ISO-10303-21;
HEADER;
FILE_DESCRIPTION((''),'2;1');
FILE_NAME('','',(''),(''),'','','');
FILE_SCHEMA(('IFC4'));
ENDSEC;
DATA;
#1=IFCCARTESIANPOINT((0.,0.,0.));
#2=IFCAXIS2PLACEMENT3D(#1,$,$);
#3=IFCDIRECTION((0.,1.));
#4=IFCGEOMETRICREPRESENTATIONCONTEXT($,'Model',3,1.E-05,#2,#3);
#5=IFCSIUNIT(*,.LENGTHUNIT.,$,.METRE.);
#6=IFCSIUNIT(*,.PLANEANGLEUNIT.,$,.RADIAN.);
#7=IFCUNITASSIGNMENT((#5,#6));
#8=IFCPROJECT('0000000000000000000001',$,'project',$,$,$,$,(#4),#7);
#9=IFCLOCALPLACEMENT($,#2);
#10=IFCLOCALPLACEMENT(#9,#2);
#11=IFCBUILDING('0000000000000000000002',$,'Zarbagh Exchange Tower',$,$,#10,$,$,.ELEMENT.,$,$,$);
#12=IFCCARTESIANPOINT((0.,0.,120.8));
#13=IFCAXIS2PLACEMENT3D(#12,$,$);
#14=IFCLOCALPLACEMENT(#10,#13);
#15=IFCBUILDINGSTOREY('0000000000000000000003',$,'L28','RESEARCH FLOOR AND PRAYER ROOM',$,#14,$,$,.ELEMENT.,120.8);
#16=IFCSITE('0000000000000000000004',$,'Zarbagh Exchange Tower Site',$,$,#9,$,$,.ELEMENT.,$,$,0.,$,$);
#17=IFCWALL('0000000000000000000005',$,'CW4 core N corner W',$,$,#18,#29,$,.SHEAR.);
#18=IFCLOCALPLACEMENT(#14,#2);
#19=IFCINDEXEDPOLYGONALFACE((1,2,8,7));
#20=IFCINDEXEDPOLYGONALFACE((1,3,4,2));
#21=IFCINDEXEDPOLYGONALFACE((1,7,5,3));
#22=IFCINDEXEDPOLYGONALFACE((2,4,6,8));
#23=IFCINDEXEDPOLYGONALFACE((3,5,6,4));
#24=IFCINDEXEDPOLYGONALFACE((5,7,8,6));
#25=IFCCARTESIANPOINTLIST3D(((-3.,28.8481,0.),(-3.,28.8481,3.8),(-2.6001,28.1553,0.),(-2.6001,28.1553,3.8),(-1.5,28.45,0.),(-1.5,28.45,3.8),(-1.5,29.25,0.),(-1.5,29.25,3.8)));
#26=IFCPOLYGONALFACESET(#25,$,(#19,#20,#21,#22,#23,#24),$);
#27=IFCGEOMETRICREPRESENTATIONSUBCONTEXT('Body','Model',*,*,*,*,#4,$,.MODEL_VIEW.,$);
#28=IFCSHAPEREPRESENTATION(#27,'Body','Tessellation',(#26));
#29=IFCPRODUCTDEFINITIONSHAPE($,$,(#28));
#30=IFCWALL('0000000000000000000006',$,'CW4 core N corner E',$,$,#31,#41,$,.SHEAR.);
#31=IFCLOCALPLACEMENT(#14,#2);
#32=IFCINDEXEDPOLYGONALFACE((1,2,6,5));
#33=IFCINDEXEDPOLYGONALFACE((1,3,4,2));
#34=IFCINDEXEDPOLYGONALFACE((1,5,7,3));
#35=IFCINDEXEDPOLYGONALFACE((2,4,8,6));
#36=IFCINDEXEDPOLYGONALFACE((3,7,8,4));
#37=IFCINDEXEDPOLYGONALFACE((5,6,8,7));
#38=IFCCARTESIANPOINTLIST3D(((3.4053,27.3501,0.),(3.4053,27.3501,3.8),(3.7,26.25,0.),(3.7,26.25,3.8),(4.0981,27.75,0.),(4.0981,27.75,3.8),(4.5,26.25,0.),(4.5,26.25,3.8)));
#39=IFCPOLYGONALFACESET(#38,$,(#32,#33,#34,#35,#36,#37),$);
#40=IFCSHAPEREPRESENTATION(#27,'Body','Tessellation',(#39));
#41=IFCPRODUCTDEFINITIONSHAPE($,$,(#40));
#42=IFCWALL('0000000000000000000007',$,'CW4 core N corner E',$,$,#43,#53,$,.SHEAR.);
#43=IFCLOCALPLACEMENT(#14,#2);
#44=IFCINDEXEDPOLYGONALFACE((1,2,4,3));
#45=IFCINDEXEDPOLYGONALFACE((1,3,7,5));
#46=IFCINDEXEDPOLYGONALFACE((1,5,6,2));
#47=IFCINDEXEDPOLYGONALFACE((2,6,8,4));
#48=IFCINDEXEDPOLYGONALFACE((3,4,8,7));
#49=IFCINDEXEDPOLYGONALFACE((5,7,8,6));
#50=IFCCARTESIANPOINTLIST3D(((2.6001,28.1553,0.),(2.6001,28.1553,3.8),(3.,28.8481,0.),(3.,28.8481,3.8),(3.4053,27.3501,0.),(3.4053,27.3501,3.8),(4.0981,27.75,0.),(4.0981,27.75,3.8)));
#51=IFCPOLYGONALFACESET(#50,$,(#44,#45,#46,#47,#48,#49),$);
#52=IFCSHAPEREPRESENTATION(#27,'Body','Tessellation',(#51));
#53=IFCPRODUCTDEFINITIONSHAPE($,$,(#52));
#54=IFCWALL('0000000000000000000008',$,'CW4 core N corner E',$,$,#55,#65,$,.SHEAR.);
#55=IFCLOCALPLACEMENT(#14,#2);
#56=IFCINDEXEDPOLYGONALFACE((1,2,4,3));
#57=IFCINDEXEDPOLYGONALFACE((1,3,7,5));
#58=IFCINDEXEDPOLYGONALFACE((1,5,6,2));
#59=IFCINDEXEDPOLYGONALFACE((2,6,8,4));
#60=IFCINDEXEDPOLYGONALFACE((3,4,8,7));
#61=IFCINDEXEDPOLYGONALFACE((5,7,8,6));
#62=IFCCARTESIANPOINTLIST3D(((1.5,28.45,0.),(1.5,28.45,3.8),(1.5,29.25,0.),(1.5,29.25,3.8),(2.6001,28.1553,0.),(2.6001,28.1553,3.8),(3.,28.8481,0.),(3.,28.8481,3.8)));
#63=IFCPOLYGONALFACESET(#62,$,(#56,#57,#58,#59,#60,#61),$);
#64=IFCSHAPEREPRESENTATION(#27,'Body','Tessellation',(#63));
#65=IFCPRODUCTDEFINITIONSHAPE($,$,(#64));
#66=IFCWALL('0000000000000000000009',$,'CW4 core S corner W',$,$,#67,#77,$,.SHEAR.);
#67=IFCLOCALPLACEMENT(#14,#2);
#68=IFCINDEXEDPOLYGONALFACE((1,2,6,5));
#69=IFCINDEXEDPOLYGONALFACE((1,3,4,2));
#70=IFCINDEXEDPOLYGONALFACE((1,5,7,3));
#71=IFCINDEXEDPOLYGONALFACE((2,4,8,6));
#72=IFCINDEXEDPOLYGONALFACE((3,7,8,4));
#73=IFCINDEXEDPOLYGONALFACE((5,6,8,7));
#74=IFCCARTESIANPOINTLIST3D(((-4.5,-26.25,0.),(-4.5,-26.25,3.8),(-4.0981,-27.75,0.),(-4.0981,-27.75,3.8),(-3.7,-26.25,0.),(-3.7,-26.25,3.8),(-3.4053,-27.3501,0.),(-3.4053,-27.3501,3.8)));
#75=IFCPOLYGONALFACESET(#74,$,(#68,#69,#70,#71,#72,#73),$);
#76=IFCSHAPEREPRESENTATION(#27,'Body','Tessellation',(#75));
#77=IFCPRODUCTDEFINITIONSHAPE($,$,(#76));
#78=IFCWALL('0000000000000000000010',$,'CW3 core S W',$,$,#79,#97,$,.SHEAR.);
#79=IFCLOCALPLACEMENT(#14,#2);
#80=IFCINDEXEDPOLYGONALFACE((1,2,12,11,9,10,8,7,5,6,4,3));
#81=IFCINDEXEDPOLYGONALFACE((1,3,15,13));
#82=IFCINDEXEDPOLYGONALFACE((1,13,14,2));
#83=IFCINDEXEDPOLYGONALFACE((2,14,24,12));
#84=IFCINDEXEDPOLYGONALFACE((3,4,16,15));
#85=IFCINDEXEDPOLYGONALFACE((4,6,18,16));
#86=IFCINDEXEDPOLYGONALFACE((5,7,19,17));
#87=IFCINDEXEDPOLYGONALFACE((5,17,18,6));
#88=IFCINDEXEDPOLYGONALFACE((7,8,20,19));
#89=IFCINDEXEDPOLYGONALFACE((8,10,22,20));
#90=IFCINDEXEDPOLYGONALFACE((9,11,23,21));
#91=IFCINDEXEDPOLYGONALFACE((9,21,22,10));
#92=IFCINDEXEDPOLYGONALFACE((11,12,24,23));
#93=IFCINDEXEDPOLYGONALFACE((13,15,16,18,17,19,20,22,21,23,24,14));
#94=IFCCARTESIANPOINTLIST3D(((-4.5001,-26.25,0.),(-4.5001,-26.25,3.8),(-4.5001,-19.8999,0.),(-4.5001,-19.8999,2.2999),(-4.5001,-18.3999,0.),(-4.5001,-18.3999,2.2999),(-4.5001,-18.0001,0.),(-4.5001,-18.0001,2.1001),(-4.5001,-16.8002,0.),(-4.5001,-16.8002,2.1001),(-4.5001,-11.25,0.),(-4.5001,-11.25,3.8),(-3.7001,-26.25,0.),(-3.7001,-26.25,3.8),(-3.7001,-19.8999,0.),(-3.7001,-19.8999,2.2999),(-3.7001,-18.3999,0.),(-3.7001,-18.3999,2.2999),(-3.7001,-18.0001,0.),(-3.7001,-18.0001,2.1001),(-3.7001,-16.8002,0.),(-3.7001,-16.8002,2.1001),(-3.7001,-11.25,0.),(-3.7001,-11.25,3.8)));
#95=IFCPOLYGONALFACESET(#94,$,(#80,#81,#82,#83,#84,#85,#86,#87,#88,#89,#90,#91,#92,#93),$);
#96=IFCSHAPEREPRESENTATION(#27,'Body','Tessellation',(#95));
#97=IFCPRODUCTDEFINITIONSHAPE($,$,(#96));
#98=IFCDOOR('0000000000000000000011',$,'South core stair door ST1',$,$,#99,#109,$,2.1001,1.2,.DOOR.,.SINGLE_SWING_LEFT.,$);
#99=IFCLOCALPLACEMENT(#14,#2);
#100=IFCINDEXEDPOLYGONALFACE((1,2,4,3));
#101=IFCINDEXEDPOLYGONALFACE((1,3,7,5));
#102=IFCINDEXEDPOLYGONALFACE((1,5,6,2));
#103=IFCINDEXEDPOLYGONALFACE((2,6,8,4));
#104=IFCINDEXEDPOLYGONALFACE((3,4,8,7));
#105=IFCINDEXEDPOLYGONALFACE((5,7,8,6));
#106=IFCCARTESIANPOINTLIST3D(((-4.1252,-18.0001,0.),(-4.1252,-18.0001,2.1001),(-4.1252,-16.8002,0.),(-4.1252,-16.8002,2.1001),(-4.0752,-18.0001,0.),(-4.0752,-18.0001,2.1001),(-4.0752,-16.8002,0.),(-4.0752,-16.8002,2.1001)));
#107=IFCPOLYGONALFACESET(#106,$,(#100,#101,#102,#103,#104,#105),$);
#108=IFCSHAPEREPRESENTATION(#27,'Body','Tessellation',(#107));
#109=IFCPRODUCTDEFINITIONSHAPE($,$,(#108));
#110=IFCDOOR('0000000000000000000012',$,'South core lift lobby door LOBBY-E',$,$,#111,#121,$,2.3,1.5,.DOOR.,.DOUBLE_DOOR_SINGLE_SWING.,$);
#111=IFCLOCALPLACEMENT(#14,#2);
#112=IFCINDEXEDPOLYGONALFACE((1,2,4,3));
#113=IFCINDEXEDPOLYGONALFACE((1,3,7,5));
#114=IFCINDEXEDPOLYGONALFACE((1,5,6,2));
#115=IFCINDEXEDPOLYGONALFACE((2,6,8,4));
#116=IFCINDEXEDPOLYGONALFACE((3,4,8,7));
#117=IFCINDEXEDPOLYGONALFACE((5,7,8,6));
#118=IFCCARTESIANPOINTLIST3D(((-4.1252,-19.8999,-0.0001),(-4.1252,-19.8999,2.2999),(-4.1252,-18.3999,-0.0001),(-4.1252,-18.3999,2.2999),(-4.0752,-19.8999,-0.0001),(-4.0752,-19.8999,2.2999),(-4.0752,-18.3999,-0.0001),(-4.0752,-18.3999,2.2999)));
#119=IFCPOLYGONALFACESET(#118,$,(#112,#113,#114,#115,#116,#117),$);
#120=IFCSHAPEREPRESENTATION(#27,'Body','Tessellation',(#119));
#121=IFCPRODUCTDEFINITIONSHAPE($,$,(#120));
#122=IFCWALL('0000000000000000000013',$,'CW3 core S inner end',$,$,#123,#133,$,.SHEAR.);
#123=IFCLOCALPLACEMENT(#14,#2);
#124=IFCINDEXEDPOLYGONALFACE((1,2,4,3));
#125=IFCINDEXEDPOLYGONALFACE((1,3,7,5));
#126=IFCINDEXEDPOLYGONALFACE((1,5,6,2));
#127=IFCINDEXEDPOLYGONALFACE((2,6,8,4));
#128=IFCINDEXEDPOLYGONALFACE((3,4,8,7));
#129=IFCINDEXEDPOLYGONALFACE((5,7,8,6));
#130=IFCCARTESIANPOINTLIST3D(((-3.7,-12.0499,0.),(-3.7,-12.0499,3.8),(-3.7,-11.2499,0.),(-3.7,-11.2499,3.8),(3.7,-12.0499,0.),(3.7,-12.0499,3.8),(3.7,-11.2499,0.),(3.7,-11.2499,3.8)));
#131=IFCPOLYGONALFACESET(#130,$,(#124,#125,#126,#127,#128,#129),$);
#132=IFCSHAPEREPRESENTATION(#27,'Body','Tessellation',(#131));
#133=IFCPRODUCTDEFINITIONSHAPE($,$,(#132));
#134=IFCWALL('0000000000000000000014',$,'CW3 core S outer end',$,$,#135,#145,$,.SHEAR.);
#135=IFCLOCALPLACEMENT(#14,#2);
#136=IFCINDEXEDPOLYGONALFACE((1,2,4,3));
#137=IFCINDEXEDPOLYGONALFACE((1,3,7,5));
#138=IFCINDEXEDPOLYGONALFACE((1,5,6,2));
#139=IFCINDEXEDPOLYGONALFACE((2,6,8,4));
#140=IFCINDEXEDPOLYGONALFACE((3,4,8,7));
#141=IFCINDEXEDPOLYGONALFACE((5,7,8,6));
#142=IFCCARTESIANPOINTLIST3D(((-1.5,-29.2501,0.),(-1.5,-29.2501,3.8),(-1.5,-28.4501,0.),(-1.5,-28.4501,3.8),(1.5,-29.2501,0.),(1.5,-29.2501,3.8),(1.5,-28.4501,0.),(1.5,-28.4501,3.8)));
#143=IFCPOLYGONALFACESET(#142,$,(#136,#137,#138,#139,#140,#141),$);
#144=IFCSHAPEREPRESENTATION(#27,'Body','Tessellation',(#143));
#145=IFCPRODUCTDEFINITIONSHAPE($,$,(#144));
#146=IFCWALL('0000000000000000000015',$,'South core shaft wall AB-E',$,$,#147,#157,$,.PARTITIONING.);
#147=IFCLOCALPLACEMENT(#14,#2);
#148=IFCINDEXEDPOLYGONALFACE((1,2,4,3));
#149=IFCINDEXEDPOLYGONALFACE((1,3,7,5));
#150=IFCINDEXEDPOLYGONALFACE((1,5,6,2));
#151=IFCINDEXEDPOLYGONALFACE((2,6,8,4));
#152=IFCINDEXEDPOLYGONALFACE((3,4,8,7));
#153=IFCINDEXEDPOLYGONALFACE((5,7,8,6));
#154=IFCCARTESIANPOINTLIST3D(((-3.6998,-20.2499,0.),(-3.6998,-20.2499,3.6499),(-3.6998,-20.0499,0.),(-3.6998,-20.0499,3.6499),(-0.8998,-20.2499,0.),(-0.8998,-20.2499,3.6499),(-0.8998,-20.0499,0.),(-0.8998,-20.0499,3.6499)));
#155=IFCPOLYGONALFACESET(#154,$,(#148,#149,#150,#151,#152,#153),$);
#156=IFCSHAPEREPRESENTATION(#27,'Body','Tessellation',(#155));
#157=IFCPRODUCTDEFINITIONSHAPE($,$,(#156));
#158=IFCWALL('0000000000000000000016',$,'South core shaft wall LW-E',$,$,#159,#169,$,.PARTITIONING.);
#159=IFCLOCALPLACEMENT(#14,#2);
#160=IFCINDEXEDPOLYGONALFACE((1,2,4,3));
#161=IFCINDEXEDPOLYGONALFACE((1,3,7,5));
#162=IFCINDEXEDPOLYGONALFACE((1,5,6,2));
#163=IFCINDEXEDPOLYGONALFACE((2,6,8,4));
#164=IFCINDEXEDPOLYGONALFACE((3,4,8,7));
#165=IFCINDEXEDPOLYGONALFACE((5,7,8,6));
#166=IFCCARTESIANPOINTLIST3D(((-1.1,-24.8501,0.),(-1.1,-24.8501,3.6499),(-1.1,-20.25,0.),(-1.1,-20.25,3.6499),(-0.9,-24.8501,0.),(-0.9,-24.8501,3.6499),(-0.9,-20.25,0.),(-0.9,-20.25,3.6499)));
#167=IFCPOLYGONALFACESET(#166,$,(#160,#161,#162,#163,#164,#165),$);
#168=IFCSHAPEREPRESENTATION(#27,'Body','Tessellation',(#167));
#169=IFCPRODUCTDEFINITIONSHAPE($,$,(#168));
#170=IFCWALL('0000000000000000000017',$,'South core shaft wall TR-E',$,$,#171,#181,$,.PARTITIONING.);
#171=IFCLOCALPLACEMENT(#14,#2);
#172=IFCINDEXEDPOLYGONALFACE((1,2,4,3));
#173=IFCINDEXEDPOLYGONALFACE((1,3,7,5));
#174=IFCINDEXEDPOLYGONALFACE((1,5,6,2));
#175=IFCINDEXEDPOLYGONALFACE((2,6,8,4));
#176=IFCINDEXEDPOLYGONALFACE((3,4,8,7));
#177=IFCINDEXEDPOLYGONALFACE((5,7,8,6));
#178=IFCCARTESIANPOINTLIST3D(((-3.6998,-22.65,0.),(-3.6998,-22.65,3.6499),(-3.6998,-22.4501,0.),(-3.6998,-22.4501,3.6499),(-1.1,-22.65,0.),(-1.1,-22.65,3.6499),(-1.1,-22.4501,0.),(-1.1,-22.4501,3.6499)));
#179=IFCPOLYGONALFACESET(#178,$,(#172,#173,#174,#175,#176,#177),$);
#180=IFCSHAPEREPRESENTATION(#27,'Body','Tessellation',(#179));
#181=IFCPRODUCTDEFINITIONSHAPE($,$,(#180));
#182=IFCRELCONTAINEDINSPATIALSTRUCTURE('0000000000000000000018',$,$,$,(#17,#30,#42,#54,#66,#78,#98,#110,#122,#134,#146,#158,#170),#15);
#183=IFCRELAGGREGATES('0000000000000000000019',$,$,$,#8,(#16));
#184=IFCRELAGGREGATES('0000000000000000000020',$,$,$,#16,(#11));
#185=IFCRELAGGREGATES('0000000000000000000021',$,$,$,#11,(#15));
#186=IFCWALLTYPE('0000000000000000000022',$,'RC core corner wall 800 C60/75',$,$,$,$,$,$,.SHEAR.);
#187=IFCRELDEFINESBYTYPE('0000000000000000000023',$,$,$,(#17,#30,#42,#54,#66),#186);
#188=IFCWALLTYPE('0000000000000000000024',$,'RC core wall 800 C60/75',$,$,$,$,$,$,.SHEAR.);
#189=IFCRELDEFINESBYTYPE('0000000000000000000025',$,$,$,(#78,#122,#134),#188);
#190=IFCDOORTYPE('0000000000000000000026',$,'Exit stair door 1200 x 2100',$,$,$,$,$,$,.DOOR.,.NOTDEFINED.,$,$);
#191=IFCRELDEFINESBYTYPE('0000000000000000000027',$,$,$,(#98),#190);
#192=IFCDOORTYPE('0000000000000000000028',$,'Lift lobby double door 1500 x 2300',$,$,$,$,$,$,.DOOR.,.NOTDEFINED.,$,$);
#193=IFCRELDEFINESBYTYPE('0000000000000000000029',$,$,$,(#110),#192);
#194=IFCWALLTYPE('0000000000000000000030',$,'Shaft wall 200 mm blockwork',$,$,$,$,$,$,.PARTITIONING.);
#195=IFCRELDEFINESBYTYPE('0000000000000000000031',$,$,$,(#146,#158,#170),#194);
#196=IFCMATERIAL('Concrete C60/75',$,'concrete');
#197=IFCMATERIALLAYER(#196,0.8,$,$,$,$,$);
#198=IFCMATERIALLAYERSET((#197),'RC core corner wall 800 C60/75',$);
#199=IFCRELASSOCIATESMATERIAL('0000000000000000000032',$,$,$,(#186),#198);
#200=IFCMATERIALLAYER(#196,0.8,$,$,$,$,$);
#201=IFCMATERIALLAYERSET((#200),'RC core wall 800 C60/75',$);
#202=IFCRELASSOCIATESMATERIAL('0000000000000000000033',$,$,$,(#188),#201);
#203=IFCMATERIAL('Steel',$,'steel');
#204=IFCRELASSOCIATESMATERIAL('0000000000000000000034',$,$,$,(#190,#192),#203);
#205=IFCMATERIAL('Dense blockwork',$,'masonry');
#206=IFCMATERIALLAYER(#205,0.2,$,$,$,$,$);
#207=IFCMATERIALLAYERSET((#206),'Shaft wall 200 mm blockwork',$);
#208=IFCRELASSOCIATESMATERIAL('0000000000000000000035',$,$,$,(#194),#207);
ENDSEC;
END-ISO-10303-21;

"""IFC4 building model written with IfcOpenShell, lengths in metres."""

from ifc_helpers import new_model, si_unit, direction, frame, frame_2d, origin, place, context, subcontext, project, spatial, polyline, rectangle, outline, extrude, material, layer, layer_set, type_object, element, fill, save


model = new_model("IFC4")

# Units and contexts
model_context = context("Model", 3, precision=1e-05, world=origin(), true_north=direction((0.0, 1.0)))
body_context = subcontext(model_context, "Body", "Model", "MODEL_VIEW")
ifc_project = project(units=[si_unit("LENGTHUNIT", "METRE"), si_unit("PLANEANGLEUNIT", "RADIAN")], contexts=[model_context])

# Site, building, storey
site_placement = place(None, origin())
site = spatial("IfcSite", under=ifc_project, at=site_placement, Name="Zarbagh Exchange Tower Site", CompositionType="ELEMENT", RefElevation=0.0)
building_placement = place(site_placement, origin())
building = spatial("IfcBuilding", under=site, at=building_placement, Name="Zarbagh Exchange Tower", CompositionType="ELEMENT")
storey_placement = place(building_placement, frame((0.0, 0.0, 120.8)))
storey = spatial("IfcBuildingStorey", under=building, at=storey_placement, Name="L28", Description="RESEARCH FLOOR AND PRAYER ROOM", CompositionType="ELEMENT", Elevation=120.8)

# Shared definitions
ifc_material_1 = material(Name="Concrete C60/75", Category="concrete")

# Walls
ifc_layer_1 = layer(ifc_material_1, 0.8)
ifc_layer_set_1 = layer_set([ifc_layer_1], Name="RC core corner wall 800 C60/75")
wall_type_1 = type_object("IfcWallType", Name="RC core corner wall 800 C60/75", PredefinedType="SHEAR", material=ifc_layer_set_1)
wall_1_placement = place(storey_placement, origin())
element("IfcWall", 1, at=wall_1_placement, inside=storey, type_object=wall_type_1, Name="CW4 core N corner W", PredefinedType="SHEAR", context=body_context, shape_type="SweptSolid", body=[
    extrude(outline(polyline([(-3.0, 28.8481), (-1.5, 29.25), (-1.5, 28.45), (-2.6001, 28.1553), (-3.0, 28.8481)])), origin(), (0.0, 0.0, 1.0), 3.8),
])
wall_2_placement = place(storey_placement, origin())
element("IfcWall", 2, at=wall_2_placement, inside=storey, type_object=wall_type_1, Name="CW4 core N corner E", PredefinedType="SHEAR", context=body_context, shape_type="SweptSolid", body=[
    extrude(outline(polyline([(4.5, 26.25), (4.0981, 27.75), (3.4053, 27.3501), (3.7, 26.25), (4.5, 26.25)])), origin(), (0.0, 0.0, 1.0), 3.8),
])
wall_3_placement = place(storey_placement, origin())
element("IfcWall", 3, at=wall_3_placement, inside=storey, type_object=wall_type_1, Name="CW4 core N corner E", PredefinedType="SHEAR", context=body_context, shape_type="SweptSolid", body=[
    extrude(outline(polyline([(4.0981, 27.75), (3.0, 28.8481), (2.6001, 28.1553), (3.4053, 27.3501), (4.0981, 27.75)])), origin(), (0.0, 0.0, 1.0), 3.8),
])
wall_4_placement = place(storey_placement, origin())
element("IfcWall", 4, at=wall_4_placement, inside=storey, type_object=wall_type_1, Name="CW4 core N corner E", PredefinedType="SHEAR", context=body_context, shape_type="SweptSolid", body=[
    extrude(outline(polyline([(3.0, 28.8481), (1.5, 29.25), (1.5, 28.45), (2.6001, 28.1553), (3.0, 28.8481)])), origin(), (0.0, 0.0, 1.0), 3.8),
])
wall_5_placement = place(storey_placement, origin())
element("IfcWall", 5, at=wall_5_placement, inside=storey, type_object=wall_type_1, Name="CW4 core S corner W", PredefinedType="SHEAR", context=body_context, shape_type="SweptSolid", body=[
    extrude(outline(polyline([(-4.5, -26.25), (-4.0981, -27.75), (-3.4053, -27.3501), (-3.7, -26.25), (-4.5, -26.25)])), origin(), (0.0, 0.0, 1.0), 3.8),
])

# Wall, openings, doors
ifc_layer_2 = layer(ifc_material_1, 0.8)
ifc_layer_set_2 = layer_set([ifc_layer_2], Name="RC core wall 800 C60/75")
wall_type_2 = type_object("IfcWallType", Name="RC core wall 800 C60/75", PredefinedType="SHEAR", material=ifc_layer_set_2)
wall_6_placement = place(storey_placement, frame((-4.1001, -11.25, 0.0), z_axis=(0.0, 0.0, 1.0), x_axis=(0.0, -1.0, 0.0)))
wall_6 = element("IfcWall", 6, at=wall_6_placement, inside=storey, type_object=wall_type_2, Name="CW3 core S W", PredefinedType="SHEAR", context=body_context, shape_type="SweptSolid", body=[
    extrude(rectangle(XDim=15.0, YDim=0.8, at=frame_2d((7.5, 0.0))), origin(), (0.0, 0.0, 1.0), 3.8),
])
opening_1_placement = place(wall_6_placement, frame((7.1499, 0.0, 0.0)))
opening_1 = element("IfcOpeningElement", 7, at=opening_1_placement, cuts=wall_6, PredefinedType="OPENING", context=body_context, shape_type="SweptSolid", body=[
    extrude(rectangle(XDim=1.5, YDim=2.3, at=frame_2d((0.75, 1.1499))), frame((0.0, 0.4099, 0.0), z_axis=(0.0, -1.0, 0.0), x_axis=(1.0, 0.0, 0.0)), (0.0, 0.0, 1.0), 0.8201),
])
opening_2_placement = place(wall_6_placement, frame((5.55, 0.0, 0.0)))
opening_2 = element("IfcOpeningElement", 8, at=opening_2_placement, cuts=wall_6, PredefinedType="OPENING", context=body_context, shape_type="SweptSolid", body=[
    extrude(rectangle(XDim=1.2, YDim=2.1001, at=frame_2d((0.6001, 1.05))), frame((0.0, 0.4099, 0.0), z_axis=(0.0, -1.0, 0.0), x_axis=(1.0, 0.0, 0.0)), (0.0, 0.0, 1.0), 0.8201),
])
ifc_material_2 = material(Name="Steel", Category="steel")
door_type_1 = type_object("IfcDoorType", Name="Exit stair door 1200 x 2100", OperationType="NOTDEFINED", PredefinedType="DOOR", material=ifc_material_2)
door_1_placement = place(opening_2_placement, origin())
door_1 = element("IfcDoor", 9, at=door_1_placement, inside=storey, type_object=door_type_1, Name="South core stair door ST1", OperationType="SINGLE_SWING_LEFT", OverallHeight=2.1001, OverallWidth=1.2, PredefinedType="DOOR", context=body_context, shape_type="SweptSolid", body=[
    extrude(rectangle(XDim=1.2, YDim=2.1001, at=frame_2d((0.6001, 1.05))), frame((0.0, 0.0249, 0.0), z_axis=(0.0, -1.0, 0.0), x_axis=(1.0, 0.0, 0.0)), (0.0, 0.0, 1.0), 0.05),
])
fill(opening_2, door_1)
door_type_2 = type_object("IfcDoorType", Name="Lift lobby double door 1500 x 2300", OperationType="NOTDEFINED", PredefinedType="DOOR", material=ifc_material_2)
door_2_placement = place(opening_1_placement, origin())
door_2 = element("IfcDoor", 10, at=door_2_placement, inside=storey, type_object=door_type_2, Name="South core lift lobby door LOBBY-E", OperationType="DOUBLE_DOOR_SINGLE_SWING", OverallHeight=2.3, OverallWidth=1.5, PredefinedType="DOOR", context=body_context, shape_type="SweptSolid", body=[
    extrude(rectangle(XDim=1.5, YDim=2.3, at=frame_2d((0.75, 1.1499))), frame((0.0, 0.0249, 0.0), z_axis=(0.0, -1.0, 0.0), x_axis=(1.0, 0.0, 0.0)), (0.0, 0.0, 1.0), 0.05),
])
fill(opening_1, door_2)

# Walls
wall_7_placement = place(storey_placement, frame((-3.7, -11.6499, 0.0), z_axis=(0.0, 0.0, 1.0), x_axis=(1.0, 0.0, 0.0)))
element("IfcWall", 11, at=wall_7_placement, inside=storey, type_object=wall_type_2, Name="CW3 core S inner end", PredefinedType="SHEAR", context=body_context, shape_type="SweptSolid", body=[
    extrude(rectangle(XDim=7.3999, YDim=0.8, at=frame_2d((3.7, 0.0))), origin(), (0.0, 0.0, 1.0), 3.8),
])
wall_8_placement = place(storey_placement, frame((-1.5, -28.8501, 0.0), z_axis=(0.0, 0.0, 1.0), x_axis=(1.0, 0.0, 0.0)))
element("IfcWall", 12, at=wall_8_placement, inside=storey, type_object=wall_type_2, Name="CW3 core S outer end", PredefinedType="SHEAR", context=body_context, shape_type="SweptSolid", body=[
    extrude(rectangle(XDim=3.0, YDim=0.8, at=frame_2d((1.5, 0.0))), origin(), (0.0, 0.0, 1.0), 3.8),
])
ifc_material_3 = material(Name="Dense blockwork", Category="masonry")
ifc_layer_3 = layer(ifc_material_3, 0.2)
ifc_layer_set_3 = layer_set([ifc_layer_3], Name="Shaft wall 200 mm blockwork")
wall_type_3 = type_object("IfcWallType", Name="Shaft wall 200 mm blockwork", PredefinedType="PARTITIONING", material=ifc_layer_set_3)
wall_9_placement = place(storey_placement, frame((-0.8999, -20.1499, 0.0), z_axis=(0.0, 0.0, 1.0), x_axis=(-1.0, 0.0, 0.0)))
element("IfcWall", 13, at=wall_9_placement, inside=storey, type_object=wall_type_3, Name="South core shaft wall AB-E", PredefinedType="PARTITIONING", context=body_context, shape_type="SweptSolid", body=[
    extrude(rectangle(XDim=2.8, YDim=0.2, at=frame_2d((1.3999, 0.0))), origin(), (0.0, 0.0, 1.0), 3.6499),
])
wall_10_placement = place(storey_placement, frame((-1.0, -24.8501, 0.0), z_axis=(0.0, 0.0, 1.0), x_axis=(0.0, 1.0, 0.0)))
element("IfcWall", 14, at=wall_10_placement, inside=storey, type_object=wall_type_3, Name="South core shaft wall LW-E", PredefinedType="PARTITIONING", context=body_context, shape_type="SweptSolid", body=[
    extrude(rectangle(XDim=4.6001, YDim=0.2, at=frame_2d((2.3, 0.0))), origin(), (0.0, 0.0, 1.0), 3.6499),
])
wall_11_placement = place(storey_placement, frame((-1.1001, -22.55, 0.0), z_axis=(0.0, 0.0, 1.0), x_axis=(-1.0, 0.0, 0.0)))
element("IfcWall", 15, at=wall_11_placement, inside=storey, type_object=wall_type_3, Name="South core shaft wall TR-E", PredefinedType="PARTITIONING", context=body_context, shape_type="SweptSolid", body=[
    extrude(rectangle(XDim=2.5999, YDim=0.2, at=frame_2d((1.2998, 0.0))), origin(), (0.0, 0.0, 1.0), 3.6499),
])

save(model, "model.ifc")
